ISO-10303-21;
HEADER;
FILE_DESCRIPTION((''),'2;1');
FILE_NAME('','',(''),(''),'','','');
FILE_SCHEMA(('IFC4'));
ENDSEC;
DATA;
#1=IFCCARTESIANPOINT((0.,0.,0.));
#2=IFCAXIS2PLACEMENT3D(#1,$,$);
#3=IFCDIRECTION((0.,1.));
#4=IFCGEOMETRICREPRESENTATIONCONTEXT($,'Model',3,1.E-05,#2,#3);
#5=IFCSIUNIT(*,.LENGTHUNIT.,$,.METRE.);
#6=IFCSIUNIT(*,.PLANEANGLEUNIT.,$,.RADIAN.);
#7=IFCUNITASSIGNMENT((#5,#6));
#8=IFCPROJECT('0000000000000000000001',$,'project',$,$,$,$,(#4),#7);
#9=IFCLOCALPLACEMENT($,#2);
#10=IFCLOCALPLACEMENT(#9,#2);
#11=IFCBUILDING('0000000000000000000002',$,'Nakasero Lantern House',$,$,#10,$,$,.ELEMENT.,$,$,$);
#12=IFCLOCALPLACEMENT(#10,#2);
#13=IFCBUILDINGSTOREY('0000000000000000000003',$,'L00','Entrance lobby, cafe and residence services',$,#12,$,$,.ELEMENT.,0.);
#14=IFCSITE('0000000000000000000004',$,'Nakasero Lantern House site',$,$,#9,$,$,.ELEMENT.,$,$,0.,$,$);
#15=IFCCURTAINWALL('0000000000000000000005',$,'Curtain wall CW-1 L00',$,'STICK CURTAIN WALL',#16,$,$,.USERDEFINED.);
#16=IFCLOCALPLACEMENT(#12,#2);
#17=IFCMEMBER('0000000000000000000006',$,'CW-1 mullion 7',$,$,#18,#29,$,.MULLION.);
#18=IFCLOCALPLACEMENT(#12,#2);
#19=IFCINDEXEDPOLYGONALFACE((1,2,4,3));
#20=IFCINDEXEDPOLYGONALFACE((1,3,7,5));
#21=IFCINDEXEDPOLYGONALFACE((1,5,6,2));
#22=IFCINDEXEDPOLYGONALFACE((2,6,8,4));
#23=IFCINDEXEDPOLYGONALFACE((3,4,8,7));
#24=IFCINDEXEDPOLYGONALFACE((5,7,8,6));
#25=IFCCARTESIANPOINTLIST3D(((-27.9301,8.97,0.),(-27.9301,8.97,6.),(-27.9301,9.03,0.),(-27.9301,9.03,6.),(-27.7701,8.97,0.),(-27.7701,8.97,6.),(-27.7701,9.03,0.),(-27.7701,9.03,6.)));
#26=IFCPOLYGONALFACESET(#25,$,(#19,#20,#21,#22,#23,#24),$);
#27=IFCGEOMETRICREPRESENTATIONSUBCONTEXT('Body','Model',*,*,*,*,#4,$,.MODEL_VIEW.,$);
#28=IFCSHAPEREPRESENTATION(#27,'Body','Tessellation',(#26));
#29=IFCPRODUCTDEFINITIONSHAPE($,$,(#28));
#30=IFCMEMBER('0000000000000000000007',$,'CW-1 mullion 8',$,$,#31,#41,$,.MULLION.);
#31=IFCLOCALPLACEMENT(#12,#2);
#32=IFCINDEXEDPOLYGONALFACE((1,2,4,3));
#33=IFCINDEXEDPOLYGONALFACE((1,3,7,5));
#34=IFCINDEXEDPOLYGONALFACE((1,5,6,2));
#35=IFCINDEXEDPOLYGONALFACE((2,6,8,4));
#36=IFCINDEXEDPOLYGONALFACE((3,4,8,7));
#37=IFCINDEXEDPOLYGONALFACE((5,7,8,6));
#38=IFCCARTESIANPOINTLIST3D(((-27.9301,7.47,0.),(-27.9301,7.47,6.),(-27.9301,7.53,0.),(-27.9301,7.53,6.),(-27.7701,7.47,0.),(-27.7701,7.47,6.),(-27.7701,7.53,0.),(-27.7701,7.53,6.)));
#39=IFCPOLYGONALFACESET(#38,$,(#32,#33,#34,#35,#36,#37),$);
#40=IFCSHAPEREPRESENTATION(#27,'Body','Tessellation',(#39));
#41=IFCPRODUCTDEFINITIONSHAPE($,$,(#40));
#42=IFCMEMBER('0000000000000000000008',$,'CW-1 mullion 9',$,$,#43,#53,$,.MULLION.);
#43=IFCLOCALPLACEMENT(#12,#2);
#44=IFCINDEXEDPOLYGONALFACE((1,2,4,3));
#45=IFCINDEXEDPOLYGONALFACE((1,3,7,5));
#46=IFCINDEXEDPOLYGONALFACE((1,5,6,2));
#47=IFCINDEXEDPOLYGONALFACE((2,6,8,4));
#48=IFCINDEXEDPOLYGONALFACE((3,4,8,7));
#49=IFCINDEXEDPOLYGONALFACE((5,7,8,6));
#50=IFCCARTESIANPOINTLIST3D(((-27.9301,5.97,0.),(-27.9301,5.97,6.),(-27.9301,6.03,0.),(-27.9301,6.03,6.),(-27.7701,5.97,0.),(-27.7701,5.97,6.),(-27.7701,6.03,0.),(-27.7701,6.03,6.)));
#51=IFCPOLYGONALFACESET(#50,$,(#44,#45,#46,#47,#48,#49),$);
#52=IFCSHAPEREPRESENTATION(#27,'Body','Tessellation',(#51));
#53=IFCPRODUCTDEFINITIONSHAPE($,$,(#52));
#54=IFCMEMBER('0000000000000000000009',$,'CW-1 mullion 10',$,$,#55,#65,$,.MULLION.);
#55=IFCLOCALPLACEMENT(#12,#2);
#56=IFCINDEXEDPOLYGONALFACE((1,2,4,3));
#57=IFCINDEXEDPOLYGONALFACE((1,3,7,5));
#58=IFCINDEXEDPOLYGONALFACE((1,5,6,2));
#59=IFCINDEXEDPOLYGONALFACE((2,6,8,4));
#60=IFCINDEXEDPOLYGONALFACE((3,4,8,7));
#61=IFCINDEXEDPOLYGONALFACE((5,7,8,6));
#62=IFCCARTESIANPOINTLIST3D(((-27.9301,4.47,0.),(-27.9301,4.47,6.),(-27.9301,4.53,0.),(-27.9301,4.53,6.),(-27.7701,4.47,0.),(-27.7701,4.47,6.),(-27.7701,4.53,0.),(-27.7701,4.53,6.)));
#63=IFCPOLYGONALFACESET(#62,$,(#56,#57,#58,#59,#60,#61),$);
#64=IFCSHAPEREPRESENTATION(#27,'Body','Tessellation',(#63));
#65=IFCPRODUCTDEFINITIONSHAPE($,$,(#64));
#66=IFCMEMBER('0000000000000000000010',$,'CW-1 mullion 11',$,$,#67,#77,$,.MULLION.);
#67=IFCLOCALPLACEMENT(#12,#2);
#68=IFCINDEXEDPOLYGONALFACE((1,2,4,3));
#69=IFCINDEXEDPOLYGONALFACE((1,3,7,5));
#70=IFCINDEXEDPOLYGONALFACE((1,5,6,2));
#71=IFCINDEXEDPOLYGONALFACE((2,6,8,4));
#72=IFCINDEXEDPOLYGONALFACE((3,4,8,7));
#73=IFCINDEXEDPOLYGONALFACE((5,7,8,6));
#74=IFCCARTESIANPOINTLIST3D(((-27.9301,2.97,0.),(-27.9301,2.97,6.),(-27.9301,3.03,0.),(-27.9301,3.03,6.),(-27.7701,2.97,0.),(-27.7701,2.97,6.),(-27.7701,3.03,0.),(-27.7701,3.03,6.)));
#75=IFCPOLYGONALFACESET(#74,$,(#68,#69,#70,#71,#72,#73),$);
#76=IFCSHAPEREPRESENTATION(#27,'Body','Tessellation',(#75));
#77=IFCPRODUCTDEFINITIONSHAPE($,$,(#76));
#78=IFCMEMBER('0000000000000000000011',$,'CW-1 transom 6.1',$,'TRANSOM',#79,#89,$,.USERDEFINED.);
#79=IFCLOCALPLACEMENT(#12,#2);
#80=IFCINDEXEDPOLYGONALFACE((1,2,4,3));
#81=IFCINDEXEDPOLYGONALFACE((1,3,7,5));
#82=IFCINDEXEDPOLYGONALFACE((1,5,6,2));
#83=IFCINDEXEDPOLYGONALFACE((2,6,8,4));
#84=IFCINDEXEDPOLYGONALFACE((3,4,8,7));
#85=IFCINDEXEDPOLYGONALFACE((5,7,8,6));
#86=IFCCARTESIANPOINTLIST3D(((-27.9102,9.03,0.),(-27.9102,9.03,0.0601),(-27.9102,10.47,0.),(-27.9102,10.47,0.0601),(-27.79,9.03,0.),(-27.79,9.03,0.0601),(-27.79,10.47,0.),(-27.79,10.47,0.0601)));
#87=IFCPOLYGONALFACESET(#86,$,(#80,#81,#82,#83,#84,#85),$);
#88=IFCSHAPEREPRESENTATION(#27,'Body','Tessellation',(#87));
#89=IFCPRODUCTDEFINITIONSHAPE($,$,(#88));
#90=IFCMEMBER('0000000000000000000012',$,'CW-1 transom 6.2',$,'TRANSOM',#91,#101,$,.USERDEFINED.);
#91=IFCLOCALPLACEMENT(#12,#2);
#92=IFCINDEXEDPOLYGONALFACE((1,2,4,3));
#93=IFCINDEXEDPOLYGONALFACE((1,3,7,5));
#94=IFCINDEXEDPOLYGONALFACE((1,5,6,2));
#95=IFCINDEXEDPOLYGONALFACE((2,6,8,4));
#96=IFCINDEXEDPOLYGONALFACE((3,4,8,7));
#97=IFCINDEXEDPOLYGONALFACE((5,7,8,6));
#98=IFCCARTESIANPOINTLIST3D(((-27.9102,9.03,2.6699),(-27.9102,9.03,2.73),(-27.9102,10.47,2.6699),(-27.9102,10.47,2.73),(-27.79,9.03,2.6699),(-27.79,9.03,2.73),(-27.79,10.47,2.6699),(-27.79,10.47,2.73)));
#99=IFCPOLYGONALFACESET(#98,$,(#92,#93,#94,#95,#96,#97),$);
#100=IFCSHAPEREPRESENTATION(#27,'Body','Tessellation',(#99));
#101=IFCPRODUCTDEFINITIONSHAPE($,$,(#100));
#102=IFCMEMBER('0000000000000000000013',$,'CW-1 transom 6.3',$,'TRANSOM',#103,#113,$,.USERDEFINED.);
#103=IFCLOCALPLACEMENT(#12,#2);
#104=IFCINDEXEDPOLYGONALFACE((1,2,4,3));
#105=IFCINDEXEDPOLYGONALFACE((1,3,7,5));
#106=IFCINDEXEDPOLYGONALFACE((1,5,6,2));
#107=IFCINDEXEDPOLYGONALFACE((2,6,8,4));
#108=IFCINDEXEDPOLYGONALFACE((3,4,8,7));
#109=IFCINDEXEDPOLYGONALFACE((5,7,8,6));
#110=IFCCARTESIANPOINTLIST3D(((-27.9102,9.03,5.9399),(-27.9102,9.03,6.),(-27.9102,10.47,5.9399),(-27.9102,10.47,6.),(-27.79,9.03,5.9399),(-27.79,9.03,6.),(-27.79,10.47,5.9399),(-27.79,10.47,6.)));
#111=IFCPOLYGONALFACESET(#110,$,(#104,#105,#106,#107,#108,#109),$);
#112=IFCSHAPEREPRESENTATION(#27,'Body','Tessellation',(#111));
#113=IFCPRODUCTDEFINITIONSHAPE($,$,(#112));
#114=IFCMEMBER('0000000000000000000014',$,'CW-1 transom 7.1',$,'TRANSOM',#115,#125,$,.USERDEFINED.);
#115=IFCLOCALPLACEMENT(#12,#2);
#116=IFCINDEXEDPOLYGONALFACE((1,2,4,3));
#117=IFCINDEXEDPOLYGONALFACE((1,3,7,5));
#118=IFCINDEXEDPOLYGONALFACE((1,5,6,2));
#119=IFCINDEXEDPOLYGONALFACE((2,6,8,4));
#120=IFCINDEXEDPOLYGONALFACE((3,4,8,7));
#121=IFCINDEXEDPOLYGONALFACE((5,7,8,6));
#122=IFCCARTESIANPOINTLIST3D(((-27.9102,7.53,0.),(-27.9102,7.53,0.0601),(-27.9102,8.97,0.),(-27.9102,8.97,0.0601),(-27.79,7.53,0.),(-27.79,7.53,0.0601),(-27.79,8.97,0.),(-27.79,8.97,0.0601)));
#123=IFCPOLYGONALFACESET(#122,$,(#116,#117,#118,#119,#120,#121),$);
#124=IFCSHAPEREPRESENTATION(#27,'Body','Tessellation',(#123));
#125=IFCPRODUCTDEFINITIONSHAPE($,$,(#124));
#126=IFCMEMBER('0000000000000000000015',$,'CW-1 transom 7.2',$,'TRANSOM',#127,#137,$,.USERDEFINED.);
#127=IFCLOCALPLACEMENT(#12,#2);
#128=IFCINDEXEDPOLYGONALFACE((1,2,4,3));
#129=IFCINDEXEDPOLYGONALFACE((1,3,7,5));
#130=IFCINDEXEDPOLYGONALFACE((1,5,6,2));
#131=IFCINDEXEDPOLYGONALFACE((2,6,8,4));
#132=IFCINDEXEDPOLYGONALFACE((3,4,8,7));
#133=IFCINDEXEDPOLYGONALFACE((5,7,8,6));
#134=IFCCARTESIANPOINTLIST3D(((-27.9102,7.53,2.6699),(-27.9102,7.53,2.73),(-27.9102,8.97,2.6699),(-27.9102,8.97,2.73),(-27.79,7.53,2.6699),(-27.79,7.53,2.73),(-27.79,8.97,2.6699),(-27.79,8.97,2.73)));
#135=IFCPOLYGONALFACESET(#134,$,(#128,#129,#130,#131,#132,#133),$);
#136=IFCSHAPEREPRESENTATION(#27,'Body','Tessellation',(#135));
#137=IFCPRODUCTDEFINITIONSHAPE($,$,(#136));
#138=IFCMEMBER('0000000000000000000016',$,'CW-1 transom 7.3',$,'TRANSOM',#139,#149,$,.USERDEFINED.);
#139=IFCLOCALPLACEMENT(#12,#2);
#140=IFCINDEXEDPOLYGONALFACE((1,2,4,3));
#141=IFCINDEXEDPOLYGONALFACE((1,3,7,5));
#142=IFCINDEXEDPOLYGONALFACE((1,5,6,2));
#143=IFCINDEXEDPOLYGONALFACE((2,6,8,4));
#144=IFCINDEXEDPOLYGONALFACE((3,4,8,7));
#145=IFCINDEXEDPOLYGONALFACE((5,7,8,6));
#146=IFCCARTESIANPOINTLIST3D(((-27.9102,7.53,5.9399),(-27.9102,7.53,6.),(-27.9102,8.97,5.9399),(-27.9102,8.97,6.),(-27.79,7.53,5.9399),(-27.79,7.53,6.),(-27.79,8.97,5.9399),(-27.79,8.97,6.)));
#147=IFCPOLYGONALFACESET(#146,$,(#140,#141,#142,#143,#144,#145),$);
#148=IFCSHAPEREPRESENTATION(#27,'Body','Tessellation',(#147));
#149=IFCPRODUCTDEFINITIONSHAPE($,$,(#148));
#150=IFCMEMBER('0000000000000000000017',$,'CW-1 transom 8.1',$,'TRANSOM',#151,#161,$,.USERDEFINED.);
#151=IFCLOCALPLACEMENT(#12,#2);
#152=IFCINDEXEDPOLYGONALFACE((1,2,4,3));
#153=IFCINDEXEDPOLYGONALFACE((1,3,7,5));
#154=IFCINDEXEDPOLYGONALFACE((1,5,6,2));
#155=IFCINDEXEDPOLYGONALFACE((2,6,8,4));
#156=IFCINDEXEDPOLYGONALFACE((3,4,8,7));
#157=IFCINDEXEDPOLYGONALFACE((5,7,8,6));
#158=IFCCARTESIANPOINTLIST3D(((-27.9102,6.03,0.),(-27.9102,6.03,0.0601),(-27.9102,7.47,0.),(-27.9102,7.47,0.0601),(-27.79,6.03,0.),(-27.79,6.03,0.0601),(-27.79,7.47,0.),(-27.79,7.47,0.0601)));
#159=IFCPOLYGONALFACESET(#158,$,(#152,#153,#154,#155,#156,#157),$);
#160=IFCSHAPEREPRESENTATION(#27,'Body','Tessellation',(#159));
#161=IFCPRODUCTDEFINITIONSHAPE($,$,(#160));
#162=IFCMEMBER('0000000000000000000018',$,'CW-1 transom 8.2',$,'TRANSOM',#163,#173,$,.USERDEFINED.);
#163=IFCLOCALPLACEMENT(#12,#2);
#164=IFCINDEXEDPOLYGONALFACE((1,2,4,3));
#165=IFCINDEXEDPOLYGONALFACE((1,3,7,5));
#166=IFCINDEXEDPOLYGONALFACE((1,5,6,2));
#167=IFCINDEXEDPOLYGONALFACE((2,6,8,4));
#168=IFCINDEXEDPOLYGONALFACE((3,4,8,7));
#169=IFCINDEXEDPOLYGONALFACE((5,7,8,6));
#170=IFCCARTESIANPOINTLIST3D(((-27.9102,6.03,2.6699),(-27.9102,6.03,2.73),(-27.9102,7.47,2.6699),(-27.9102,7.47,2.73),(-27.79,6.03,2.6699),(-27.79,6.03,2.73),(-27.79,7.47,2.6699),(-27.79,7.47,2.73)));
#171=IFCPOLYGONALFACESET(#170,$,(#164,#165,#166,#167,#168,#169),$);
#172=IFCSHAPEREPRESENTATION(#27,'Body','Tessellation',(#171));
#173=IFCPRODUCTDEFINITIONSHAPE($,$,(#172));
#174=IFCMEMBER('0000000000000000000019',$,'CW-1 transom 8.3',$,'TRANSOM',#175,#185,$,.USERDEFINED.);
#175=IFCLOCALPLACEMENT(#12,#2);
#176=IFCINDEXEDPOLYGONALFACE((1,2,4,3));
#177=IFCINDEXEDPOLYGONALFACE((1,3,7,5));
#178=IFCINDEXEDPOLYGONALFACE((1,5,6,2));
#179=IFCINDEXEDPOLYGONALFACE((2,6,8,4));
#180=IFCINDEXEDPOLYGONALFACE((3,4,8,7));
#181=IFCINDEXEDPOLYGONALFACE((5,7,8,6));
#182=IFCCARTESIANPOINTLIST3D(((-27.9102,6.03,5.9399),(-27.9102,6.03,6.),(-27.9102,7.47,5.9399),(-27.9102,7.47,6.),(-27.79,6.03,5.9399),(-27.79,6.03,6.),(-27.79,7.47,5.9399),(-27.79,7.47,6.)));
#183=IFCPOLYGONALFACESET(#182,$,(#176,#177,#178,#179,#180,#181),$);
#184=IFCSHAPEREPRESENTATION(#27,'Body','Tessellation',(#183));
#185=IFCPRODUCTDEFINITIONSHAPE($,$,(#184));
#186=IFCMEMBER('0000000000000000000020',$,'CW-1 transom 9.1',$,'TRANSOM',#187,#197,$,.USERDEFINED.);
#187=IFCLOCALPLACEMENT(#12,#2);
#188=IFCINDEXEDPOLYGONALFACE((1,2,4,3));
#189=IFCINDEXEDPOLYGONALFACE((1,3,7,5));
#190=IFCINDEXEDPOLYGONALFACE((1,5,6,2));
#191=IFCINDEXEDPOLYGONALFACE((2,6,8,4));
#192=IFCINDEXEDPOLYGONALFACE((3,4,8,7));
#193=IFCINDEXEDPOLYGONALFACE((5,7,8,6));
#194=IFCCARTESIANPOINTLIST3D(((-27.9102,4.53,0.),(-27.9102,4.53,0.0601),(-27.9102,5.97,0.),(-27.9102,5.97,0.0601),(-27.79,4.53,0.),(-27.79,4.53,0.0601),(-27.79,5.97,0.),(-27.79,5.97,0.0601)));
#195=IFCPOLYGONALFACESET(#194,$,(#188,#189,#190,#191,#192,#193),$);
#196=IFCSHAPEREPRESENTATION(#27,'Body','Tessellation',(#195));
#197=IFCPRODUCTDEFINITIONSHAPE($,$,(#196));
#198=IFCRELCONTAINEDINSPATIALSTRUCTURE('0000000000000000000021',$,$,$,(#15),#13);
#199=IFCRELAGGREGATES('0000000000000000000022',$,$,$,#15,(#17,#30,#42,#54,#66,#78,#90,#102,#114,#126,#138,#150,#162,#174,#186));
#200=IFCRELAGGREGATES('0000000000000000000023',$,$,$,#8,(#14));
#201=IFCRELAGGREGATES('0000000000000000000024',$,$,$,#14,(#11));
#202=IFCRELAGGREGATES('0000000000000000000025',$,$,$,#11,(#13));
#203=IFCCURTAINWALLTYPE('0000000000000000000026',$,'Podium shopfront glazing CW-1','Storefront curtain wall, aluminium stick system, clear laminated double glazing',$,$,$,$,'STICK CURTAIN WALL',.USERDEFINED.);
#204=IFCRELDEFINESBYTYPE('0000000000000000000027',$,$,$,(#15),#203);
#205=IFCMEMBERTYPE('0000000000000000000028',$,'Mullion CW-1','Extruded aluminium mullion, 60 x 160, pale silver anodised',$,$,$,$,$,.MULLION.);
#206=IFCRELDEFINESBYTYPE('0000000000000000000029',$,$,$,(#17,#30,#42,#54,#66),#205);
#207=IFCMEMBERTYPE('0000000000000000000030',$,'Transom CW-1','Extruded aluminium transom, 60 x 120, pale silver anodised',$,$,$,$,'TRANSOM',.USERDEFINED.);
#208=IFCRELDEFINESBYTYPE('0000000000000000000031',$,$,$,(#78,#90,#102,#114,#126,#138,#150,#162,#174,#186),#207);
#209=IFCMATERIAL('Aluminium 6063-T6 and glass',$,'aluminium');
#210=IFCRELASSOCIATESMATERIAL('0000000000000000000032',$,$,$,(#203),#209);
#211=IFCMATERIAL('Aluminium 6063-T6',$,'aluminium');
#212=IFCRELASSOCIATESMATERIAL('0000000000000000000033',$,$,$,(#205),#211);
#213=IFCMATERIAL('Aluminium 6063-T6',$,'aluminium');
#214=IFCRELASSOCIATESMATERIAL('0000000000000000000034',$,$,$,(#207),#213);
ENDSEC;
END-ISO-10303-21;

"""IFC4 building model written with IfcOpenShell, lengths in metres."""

from ifc_helpers import new_model, si_unit, direction, frame, origin, origin_2d, place, context, subcontext, project, spatial, rectangle, extrude, material, material_profile, profile_set, type_object, element, aggregate, save


model = new_model("IFC4")

# Units and contexts
model_context = context("Model", 3, precision=1e-05, world=origin(), true_north=direction((0.0, 1.0)))
body_context = subcontext(model_context, "Body", "Model", "MODEL_VIEW")
ifc_project = project(units=[si_unit("LENGTHUNIT", "METRE"), si_unit("PLANEANGLEUNIT", "RADIAN")], contexts=[model_context])

# Site, building, storey
site_placement = place(None, origin())
site = spatial("IfcSite", under=ifc_project, at=site_placement, Name="Nakasero Lantern House site", CompositionType="ELEMENT", RefElevation=0.0)
building_placement = place(site_placement, origin())
building = spatial("IfcBuilding", under=site, at=building_placement, Name="Nakasero Lantern House", CompositionType="ELEMENT")
storey_placement = place(building_placement, origin())
storey = spatial("IfcBuildingStorey", under=building, at=storey_placement, Name="L00", Description="Entrance lobby, cafe and residence services", CompositionType="ELEMENT", Elevation=0.0)

# Curtain wall, members
ifc_material_1 = material(Name="Aluminium 6063-T6 and glass", Category="aluminium")
curtain_wall_type = type_object("IfcCurtainWallType", Name="Podium shopfront glazing CW-1", Description="Storefront curtain wall, aluminium stick system, clear laminated double glazing", ElementType="STICK CURTAIN WALL", PredefinedType="USERDEFINED", material=ifc_material_1)
curtain_wall_placement = place(storey_placement, origin())
curtain_wall = element("IfcCurtainWall", 1, at=curtain_wall_placement, inside=storey, type_object=curtain_wall_type, Name="Curtain wall CW-1 L00", ObjectType="STICK CURTAIN WALL", PredefinedType="USERDEFINED")
ifc_material_2 = material(Name="Aluminium 6063-T6", Category="aluminium")
ifc_material_profile_1 = material_profile(ifc_material_2, rectangle(XDim=0.0601, YDim=0.1599, at=origin_2d()), Name="CW-1 mullion 60x160")
ifc_profile_set_1 = profile_set([ifc_material_profile_1], Name="Aluminium 6063-T6")
member_type_1 = type_object("IfcMemberType", Name="Mullion CW-1", Description="Extruded aluminium mullion, 60 x 160, pale silver anodised", PredefinedType="MULLION", material=ifc_profile_set_1)
member_1_placement = place(storey_placement, frame((-27.8501, 9.0, 0.0), z_axis=(0.0, 0.0, 1.0), x_axis=(0.0, -1.0, 0.0)))
member_1 = element("IfcMember", 2, at=member_1_placement, type_object=member_type_1, Name="CW-1 mullion 7", PredefinedType="MULLION", context=body_context, shape_type="SweptSolid", body=[
    extrude(rectangle(XDim=0.0601, YDim=0.1599, at=origin_2d()), origin(), (0.0, 0.0, 1.0), 6.0),
])
member_2_placement = place(storey_placement, frame((-27.8501, 7.5, 0.0), z_axis=(0.0, 0.0, 1.0), x_axis=(0.0, -1.0, 0.0)))
member_2 = element("IfcMember", 3, at=member_2_placement, type_object=member_type_1, Name="CW-1 mullion 8", PredefinedType="MULLION", context=body_context, shape_type="SweptSolid", body=[
    extrude(rectangle(XDim=0.0601, YDim=0.1599, at=origin_2d()), origin(), (0.0, 0.0, 1.0), 6.0),
])
member_3_placement = place(storey_placement, frame((-27.8501, 6.0, 0.0), z_axis=(0.0, 0.0, 1.0), x_axis=(0.0, -1.0, 0.0)))
member_3 = element("IfcMember", 4, at=member_3_placement, type_object=member_type_1, Name="CW-1 mullion 9", PredefinedType="MULLION", context=body_context, shape_type="SweptSolid", body=[
    extrude(rectangle(XDim=0.0601, YDim=0.1599, at=origin_2d()), origin(), (0.0, 0.0, 1.0), 6.0),
])
member_4_placement = place(storey_placement, frame((-27.8501, 4.5, 0.0), z_axis=(0.0, 0.0, 1.0), x_axis=(0.0, -1.0, 0.0)))
member_4 = element("IfcMember", 5, at=member_4_placement, type_object=member_type_1, Name="CW-1 mullion 10", PredefinedType="MULLION", context=body_context, shape_type="SweptSolid", body=[
    extrude(rectangle(XDim=0.0601, YDim=0.1599, at=origin_2d()), origin(), (0.0, 0.0, 1.0), 6.0),
])
member_5_placement = place(storey_placement, frame((-27.8501, 3.0, 0.0), z_axis=(0.0, 0.0, 1.0), x_axis=(0.0, -1.0, 0.0)))
member_5 = element("IfcMember", 6, at=member_5_placement, type_object=member_type_1, Name="CW-1 mullion 11", PredefinedType="MULLION", context=body_context, shape_type="SweptSolid", body=[
    extrude(rectangle(XDim=0.0601, YDim=0.1599, at=origin_2d()), origin(), (0.0, 0.0, 1.0), 6.0),
])
ifc_material_3 = material(Name="Aluminium 6063-T6", Category="aluminium")
ifc_material_profile_2 = material_profile(ifc_material_3, rectangle(XDim=0.0601, YDim=0.1201, at=origin_2d()), Name="CW-1 transom 60x120")
ifc_profile_set_2 = profile_set([ifc_material_profile_2], Name="Aluminium 6063-T6")
member_type_2 = type_object("IfcMemberType", Name="Transom CW-1", Description="Extruded aluminium transom, 60 x 120, pale silver anodised", ElementType="TRANSOM", PredefinedType="USERDEFINED", material=ifc_profile_set_2)
member_6_placement = place(storey_placement, frame((-27.8501, 10.47, 0.03), z_axis=(0.0, -1.0, 0.0), x_axis=(0.0, 0.0, 1.0)))
member_6 = element("IfcMember", 7, at=member_6_placement, type_object=member_type_2, Name="CW-1 transom 6.1", ObjectType="TRANSOM", PredefinedType="USERDEFINED", context=body_context, shape_type="SweptSolid", body=[
    extrude(rectangle(XDim=0.0601, YDim=0.1201, at=origin_2d()), origin(), (0.0, 0.0, 1.0), 1.4399),
])
member_7_placement = place(storey_placement, frame((-27.8501, 10.47, 2.7), z_axis=(0.0, -1.0, 0.0), x_axis=(0.0, 0.0, 1.0)))
member_7 = element("IfcMember", 8, at=member_7_placement, type_object=member_type_2, Name="CW-1 transom 6.2", ObjectType="TRANSOM", PredefinedType="USERDEFINED", context=body_context, shape_type="SweptSolid", body=[
    extrude(rectangle(XDim=0.0601, YDim=0.1201, at=origin_2d()), origin(), (0.0, 0.0, 1.0), 1.4399),
])
member_8_placement = place(storey_placement, frame((-27.8501, 10.47, 5.97), z_axis=(0.0, -1.0, 0.0), x_axis=(0.0, 0.0, 1.0)))
member_8 = element("IfcMember", 9, at=member_8_placement, type_object=member_type_2, Name="CW-1 transom 6.3", ObjectType="TRANSOM", PredefinedType="USERDEFINED", context=body_context, shape_type="SweptSolid", body=[
    extrude(rectangle(XDim=0.0601, YDim=0.1201, at=origin_2d()), origin(), (0.0, 0.0, 1.0), 1.4399),
])
member_9_placement = place(storey_placement, frame((-27.8501, 8.97, 0.03), z_axis=(0.0, -1.0, 0.0), x_axis=(0.0, 0.0, 1.0)))
member_9 = element("IfcMember", 10, at=member_9_placement, type_object=member_type_2, Name="CW-1 transom 7.1", ObjectType="TRANSOM", PredefinedType="USERDEFINED", context=body_context, shape_type="SweptSolid", body=[
    extrude(rectangle(XDim=0.0601, YDim=0.1201, at=origin_2d()), origin(), (0.0, 0.0, 1.0), 1.4399),
])
member_10_placement = place(storey_placement, frame((-27.8501, 8.97, 2.7), z_axis=(0.0, -1.0, 0.0), x_axis=(0.0, 0.0, 1.0)))
member_10 = element("IfcMember", 11, at=member_10_placement, type_object=member_type_2, Name="CW-1 transom 7.2", ObjectType="TRANSOM", PredefinedType="USERDEFINED", context=body_context, shape_type="SweptSolid", body=[
    extrude(rectangle(XDim=0.0601, YDim=0.1201, at=origin_2d()), origin(), (0.0, 0.0, 1.0), 1.4399),
])
member_11_placement = place(storey_placement, frame((-27.8501, 8.97, 5.97), z_axis=(0.0, -1.0, 0.0), x_axis=(0.0, 0.0, 1.0)))
member_11 = element("IfcMember", 12, at=member_11_placement, type_object=member_type_2, Name="CW-1 transom 7.3", ObjectType="TRANSOM", PredefinedType="USERDEFINED", context=body_context, shape_type="SweptSolid", body=[
    extrude(rectangle(XDim=0.0601, YDim=0.1201, at=origin_2d()), origin(), (0.0, 0.0, 1.0), 1.4399),
])
member_12_placement = place(storey_placement, frame((-27.8501, 7.47, 0.03), z_axis=(0.0, -1.0, 0.0), x_axis=(0.0, 0.0, 1.0)))
member_12 = element("IfcMember", 13, at=member_12_placement, type_object=member_type_2, Name="CW-1 transom 8.1", ObjectType="TRANSOM", PredefinedType="USERDEFINED", context=body_context, shape_type="SweptSolid", body=[
    extrude(rectangle(XDim=0.0601, YDim=0.1201, at=origin_2d()), origin(), (0.0, 0.0, 1.0), 1.4399),
])
member_13_placement = place(storey_placement, frame((-27.8501, 7.47, 2.7), z_axis=(0.0, -1.0, 0.0), x_axis=(0.0, 0.0, 1.0)))
member_13 = element("IfcMember", 14, at=member_13_placement, type_object=member_type_2, Name="CW-1 transom 8.2", ObjectType="TRANSOM", PredefinedType="USERDEFINED", context=body_context, shape_type="SweptSolid", body=[
    extrude(rectangle(XDim=0.0601, YDim=0.1201, at=origin_2d()), origin(), (0.0, 0.0, 1.0), 1.4399),
])
member_14_placement = place(storey_placement, frame((-27.8501, 7.47, 5.97), z_axis=(0.0, -1.0, 0.0), x_axis=(0.0, 0.0, 1.0)))
member_14 = element("IfcMember", 15, at=member_14_placement, type_object=member_type_2, Name="CW-1 transom 8.3", ObjectType="TRANSOM", PredefinedType="USERDEFINED", context=body_context, shape_type="SweptSolid", body=[
    extrude(rectangle(XDim=0.0601, YDim=0.1201, at=origin_2d()), origin(), (0.0, 0.0, 1.0), 1.4399),
])
member_15_placement = place(storey_placement, frame((-27.8501, 5.97, 0.03), z_axis=(0.0, -1.0, 0.0), x_axis=(0.0, 0.0, 1.0)))
member_15 = element("IfcMember", 16, at=member_15_placement, type_object=member_type_2, Name="CW-1 transom 9.1", ObjectType="TRANSOM", PredefinedType="USERDEFINED", context=body_context, shape_type="SweptSolid", body=[
    extrude(rectangle(XDim=0.0601, YDim=0.1201, at=origin_2d()), origin(), (0.0, 0.0, 1.0), 1.4399),
])
aggregate(curtain_wall, [member_1, member_2, member_3, member_4, member_5, member_6, member_7, member_8, member_9, member_10, member_11, member_12, member_13, member_14, member_15])

save(model, "model.ifc")
